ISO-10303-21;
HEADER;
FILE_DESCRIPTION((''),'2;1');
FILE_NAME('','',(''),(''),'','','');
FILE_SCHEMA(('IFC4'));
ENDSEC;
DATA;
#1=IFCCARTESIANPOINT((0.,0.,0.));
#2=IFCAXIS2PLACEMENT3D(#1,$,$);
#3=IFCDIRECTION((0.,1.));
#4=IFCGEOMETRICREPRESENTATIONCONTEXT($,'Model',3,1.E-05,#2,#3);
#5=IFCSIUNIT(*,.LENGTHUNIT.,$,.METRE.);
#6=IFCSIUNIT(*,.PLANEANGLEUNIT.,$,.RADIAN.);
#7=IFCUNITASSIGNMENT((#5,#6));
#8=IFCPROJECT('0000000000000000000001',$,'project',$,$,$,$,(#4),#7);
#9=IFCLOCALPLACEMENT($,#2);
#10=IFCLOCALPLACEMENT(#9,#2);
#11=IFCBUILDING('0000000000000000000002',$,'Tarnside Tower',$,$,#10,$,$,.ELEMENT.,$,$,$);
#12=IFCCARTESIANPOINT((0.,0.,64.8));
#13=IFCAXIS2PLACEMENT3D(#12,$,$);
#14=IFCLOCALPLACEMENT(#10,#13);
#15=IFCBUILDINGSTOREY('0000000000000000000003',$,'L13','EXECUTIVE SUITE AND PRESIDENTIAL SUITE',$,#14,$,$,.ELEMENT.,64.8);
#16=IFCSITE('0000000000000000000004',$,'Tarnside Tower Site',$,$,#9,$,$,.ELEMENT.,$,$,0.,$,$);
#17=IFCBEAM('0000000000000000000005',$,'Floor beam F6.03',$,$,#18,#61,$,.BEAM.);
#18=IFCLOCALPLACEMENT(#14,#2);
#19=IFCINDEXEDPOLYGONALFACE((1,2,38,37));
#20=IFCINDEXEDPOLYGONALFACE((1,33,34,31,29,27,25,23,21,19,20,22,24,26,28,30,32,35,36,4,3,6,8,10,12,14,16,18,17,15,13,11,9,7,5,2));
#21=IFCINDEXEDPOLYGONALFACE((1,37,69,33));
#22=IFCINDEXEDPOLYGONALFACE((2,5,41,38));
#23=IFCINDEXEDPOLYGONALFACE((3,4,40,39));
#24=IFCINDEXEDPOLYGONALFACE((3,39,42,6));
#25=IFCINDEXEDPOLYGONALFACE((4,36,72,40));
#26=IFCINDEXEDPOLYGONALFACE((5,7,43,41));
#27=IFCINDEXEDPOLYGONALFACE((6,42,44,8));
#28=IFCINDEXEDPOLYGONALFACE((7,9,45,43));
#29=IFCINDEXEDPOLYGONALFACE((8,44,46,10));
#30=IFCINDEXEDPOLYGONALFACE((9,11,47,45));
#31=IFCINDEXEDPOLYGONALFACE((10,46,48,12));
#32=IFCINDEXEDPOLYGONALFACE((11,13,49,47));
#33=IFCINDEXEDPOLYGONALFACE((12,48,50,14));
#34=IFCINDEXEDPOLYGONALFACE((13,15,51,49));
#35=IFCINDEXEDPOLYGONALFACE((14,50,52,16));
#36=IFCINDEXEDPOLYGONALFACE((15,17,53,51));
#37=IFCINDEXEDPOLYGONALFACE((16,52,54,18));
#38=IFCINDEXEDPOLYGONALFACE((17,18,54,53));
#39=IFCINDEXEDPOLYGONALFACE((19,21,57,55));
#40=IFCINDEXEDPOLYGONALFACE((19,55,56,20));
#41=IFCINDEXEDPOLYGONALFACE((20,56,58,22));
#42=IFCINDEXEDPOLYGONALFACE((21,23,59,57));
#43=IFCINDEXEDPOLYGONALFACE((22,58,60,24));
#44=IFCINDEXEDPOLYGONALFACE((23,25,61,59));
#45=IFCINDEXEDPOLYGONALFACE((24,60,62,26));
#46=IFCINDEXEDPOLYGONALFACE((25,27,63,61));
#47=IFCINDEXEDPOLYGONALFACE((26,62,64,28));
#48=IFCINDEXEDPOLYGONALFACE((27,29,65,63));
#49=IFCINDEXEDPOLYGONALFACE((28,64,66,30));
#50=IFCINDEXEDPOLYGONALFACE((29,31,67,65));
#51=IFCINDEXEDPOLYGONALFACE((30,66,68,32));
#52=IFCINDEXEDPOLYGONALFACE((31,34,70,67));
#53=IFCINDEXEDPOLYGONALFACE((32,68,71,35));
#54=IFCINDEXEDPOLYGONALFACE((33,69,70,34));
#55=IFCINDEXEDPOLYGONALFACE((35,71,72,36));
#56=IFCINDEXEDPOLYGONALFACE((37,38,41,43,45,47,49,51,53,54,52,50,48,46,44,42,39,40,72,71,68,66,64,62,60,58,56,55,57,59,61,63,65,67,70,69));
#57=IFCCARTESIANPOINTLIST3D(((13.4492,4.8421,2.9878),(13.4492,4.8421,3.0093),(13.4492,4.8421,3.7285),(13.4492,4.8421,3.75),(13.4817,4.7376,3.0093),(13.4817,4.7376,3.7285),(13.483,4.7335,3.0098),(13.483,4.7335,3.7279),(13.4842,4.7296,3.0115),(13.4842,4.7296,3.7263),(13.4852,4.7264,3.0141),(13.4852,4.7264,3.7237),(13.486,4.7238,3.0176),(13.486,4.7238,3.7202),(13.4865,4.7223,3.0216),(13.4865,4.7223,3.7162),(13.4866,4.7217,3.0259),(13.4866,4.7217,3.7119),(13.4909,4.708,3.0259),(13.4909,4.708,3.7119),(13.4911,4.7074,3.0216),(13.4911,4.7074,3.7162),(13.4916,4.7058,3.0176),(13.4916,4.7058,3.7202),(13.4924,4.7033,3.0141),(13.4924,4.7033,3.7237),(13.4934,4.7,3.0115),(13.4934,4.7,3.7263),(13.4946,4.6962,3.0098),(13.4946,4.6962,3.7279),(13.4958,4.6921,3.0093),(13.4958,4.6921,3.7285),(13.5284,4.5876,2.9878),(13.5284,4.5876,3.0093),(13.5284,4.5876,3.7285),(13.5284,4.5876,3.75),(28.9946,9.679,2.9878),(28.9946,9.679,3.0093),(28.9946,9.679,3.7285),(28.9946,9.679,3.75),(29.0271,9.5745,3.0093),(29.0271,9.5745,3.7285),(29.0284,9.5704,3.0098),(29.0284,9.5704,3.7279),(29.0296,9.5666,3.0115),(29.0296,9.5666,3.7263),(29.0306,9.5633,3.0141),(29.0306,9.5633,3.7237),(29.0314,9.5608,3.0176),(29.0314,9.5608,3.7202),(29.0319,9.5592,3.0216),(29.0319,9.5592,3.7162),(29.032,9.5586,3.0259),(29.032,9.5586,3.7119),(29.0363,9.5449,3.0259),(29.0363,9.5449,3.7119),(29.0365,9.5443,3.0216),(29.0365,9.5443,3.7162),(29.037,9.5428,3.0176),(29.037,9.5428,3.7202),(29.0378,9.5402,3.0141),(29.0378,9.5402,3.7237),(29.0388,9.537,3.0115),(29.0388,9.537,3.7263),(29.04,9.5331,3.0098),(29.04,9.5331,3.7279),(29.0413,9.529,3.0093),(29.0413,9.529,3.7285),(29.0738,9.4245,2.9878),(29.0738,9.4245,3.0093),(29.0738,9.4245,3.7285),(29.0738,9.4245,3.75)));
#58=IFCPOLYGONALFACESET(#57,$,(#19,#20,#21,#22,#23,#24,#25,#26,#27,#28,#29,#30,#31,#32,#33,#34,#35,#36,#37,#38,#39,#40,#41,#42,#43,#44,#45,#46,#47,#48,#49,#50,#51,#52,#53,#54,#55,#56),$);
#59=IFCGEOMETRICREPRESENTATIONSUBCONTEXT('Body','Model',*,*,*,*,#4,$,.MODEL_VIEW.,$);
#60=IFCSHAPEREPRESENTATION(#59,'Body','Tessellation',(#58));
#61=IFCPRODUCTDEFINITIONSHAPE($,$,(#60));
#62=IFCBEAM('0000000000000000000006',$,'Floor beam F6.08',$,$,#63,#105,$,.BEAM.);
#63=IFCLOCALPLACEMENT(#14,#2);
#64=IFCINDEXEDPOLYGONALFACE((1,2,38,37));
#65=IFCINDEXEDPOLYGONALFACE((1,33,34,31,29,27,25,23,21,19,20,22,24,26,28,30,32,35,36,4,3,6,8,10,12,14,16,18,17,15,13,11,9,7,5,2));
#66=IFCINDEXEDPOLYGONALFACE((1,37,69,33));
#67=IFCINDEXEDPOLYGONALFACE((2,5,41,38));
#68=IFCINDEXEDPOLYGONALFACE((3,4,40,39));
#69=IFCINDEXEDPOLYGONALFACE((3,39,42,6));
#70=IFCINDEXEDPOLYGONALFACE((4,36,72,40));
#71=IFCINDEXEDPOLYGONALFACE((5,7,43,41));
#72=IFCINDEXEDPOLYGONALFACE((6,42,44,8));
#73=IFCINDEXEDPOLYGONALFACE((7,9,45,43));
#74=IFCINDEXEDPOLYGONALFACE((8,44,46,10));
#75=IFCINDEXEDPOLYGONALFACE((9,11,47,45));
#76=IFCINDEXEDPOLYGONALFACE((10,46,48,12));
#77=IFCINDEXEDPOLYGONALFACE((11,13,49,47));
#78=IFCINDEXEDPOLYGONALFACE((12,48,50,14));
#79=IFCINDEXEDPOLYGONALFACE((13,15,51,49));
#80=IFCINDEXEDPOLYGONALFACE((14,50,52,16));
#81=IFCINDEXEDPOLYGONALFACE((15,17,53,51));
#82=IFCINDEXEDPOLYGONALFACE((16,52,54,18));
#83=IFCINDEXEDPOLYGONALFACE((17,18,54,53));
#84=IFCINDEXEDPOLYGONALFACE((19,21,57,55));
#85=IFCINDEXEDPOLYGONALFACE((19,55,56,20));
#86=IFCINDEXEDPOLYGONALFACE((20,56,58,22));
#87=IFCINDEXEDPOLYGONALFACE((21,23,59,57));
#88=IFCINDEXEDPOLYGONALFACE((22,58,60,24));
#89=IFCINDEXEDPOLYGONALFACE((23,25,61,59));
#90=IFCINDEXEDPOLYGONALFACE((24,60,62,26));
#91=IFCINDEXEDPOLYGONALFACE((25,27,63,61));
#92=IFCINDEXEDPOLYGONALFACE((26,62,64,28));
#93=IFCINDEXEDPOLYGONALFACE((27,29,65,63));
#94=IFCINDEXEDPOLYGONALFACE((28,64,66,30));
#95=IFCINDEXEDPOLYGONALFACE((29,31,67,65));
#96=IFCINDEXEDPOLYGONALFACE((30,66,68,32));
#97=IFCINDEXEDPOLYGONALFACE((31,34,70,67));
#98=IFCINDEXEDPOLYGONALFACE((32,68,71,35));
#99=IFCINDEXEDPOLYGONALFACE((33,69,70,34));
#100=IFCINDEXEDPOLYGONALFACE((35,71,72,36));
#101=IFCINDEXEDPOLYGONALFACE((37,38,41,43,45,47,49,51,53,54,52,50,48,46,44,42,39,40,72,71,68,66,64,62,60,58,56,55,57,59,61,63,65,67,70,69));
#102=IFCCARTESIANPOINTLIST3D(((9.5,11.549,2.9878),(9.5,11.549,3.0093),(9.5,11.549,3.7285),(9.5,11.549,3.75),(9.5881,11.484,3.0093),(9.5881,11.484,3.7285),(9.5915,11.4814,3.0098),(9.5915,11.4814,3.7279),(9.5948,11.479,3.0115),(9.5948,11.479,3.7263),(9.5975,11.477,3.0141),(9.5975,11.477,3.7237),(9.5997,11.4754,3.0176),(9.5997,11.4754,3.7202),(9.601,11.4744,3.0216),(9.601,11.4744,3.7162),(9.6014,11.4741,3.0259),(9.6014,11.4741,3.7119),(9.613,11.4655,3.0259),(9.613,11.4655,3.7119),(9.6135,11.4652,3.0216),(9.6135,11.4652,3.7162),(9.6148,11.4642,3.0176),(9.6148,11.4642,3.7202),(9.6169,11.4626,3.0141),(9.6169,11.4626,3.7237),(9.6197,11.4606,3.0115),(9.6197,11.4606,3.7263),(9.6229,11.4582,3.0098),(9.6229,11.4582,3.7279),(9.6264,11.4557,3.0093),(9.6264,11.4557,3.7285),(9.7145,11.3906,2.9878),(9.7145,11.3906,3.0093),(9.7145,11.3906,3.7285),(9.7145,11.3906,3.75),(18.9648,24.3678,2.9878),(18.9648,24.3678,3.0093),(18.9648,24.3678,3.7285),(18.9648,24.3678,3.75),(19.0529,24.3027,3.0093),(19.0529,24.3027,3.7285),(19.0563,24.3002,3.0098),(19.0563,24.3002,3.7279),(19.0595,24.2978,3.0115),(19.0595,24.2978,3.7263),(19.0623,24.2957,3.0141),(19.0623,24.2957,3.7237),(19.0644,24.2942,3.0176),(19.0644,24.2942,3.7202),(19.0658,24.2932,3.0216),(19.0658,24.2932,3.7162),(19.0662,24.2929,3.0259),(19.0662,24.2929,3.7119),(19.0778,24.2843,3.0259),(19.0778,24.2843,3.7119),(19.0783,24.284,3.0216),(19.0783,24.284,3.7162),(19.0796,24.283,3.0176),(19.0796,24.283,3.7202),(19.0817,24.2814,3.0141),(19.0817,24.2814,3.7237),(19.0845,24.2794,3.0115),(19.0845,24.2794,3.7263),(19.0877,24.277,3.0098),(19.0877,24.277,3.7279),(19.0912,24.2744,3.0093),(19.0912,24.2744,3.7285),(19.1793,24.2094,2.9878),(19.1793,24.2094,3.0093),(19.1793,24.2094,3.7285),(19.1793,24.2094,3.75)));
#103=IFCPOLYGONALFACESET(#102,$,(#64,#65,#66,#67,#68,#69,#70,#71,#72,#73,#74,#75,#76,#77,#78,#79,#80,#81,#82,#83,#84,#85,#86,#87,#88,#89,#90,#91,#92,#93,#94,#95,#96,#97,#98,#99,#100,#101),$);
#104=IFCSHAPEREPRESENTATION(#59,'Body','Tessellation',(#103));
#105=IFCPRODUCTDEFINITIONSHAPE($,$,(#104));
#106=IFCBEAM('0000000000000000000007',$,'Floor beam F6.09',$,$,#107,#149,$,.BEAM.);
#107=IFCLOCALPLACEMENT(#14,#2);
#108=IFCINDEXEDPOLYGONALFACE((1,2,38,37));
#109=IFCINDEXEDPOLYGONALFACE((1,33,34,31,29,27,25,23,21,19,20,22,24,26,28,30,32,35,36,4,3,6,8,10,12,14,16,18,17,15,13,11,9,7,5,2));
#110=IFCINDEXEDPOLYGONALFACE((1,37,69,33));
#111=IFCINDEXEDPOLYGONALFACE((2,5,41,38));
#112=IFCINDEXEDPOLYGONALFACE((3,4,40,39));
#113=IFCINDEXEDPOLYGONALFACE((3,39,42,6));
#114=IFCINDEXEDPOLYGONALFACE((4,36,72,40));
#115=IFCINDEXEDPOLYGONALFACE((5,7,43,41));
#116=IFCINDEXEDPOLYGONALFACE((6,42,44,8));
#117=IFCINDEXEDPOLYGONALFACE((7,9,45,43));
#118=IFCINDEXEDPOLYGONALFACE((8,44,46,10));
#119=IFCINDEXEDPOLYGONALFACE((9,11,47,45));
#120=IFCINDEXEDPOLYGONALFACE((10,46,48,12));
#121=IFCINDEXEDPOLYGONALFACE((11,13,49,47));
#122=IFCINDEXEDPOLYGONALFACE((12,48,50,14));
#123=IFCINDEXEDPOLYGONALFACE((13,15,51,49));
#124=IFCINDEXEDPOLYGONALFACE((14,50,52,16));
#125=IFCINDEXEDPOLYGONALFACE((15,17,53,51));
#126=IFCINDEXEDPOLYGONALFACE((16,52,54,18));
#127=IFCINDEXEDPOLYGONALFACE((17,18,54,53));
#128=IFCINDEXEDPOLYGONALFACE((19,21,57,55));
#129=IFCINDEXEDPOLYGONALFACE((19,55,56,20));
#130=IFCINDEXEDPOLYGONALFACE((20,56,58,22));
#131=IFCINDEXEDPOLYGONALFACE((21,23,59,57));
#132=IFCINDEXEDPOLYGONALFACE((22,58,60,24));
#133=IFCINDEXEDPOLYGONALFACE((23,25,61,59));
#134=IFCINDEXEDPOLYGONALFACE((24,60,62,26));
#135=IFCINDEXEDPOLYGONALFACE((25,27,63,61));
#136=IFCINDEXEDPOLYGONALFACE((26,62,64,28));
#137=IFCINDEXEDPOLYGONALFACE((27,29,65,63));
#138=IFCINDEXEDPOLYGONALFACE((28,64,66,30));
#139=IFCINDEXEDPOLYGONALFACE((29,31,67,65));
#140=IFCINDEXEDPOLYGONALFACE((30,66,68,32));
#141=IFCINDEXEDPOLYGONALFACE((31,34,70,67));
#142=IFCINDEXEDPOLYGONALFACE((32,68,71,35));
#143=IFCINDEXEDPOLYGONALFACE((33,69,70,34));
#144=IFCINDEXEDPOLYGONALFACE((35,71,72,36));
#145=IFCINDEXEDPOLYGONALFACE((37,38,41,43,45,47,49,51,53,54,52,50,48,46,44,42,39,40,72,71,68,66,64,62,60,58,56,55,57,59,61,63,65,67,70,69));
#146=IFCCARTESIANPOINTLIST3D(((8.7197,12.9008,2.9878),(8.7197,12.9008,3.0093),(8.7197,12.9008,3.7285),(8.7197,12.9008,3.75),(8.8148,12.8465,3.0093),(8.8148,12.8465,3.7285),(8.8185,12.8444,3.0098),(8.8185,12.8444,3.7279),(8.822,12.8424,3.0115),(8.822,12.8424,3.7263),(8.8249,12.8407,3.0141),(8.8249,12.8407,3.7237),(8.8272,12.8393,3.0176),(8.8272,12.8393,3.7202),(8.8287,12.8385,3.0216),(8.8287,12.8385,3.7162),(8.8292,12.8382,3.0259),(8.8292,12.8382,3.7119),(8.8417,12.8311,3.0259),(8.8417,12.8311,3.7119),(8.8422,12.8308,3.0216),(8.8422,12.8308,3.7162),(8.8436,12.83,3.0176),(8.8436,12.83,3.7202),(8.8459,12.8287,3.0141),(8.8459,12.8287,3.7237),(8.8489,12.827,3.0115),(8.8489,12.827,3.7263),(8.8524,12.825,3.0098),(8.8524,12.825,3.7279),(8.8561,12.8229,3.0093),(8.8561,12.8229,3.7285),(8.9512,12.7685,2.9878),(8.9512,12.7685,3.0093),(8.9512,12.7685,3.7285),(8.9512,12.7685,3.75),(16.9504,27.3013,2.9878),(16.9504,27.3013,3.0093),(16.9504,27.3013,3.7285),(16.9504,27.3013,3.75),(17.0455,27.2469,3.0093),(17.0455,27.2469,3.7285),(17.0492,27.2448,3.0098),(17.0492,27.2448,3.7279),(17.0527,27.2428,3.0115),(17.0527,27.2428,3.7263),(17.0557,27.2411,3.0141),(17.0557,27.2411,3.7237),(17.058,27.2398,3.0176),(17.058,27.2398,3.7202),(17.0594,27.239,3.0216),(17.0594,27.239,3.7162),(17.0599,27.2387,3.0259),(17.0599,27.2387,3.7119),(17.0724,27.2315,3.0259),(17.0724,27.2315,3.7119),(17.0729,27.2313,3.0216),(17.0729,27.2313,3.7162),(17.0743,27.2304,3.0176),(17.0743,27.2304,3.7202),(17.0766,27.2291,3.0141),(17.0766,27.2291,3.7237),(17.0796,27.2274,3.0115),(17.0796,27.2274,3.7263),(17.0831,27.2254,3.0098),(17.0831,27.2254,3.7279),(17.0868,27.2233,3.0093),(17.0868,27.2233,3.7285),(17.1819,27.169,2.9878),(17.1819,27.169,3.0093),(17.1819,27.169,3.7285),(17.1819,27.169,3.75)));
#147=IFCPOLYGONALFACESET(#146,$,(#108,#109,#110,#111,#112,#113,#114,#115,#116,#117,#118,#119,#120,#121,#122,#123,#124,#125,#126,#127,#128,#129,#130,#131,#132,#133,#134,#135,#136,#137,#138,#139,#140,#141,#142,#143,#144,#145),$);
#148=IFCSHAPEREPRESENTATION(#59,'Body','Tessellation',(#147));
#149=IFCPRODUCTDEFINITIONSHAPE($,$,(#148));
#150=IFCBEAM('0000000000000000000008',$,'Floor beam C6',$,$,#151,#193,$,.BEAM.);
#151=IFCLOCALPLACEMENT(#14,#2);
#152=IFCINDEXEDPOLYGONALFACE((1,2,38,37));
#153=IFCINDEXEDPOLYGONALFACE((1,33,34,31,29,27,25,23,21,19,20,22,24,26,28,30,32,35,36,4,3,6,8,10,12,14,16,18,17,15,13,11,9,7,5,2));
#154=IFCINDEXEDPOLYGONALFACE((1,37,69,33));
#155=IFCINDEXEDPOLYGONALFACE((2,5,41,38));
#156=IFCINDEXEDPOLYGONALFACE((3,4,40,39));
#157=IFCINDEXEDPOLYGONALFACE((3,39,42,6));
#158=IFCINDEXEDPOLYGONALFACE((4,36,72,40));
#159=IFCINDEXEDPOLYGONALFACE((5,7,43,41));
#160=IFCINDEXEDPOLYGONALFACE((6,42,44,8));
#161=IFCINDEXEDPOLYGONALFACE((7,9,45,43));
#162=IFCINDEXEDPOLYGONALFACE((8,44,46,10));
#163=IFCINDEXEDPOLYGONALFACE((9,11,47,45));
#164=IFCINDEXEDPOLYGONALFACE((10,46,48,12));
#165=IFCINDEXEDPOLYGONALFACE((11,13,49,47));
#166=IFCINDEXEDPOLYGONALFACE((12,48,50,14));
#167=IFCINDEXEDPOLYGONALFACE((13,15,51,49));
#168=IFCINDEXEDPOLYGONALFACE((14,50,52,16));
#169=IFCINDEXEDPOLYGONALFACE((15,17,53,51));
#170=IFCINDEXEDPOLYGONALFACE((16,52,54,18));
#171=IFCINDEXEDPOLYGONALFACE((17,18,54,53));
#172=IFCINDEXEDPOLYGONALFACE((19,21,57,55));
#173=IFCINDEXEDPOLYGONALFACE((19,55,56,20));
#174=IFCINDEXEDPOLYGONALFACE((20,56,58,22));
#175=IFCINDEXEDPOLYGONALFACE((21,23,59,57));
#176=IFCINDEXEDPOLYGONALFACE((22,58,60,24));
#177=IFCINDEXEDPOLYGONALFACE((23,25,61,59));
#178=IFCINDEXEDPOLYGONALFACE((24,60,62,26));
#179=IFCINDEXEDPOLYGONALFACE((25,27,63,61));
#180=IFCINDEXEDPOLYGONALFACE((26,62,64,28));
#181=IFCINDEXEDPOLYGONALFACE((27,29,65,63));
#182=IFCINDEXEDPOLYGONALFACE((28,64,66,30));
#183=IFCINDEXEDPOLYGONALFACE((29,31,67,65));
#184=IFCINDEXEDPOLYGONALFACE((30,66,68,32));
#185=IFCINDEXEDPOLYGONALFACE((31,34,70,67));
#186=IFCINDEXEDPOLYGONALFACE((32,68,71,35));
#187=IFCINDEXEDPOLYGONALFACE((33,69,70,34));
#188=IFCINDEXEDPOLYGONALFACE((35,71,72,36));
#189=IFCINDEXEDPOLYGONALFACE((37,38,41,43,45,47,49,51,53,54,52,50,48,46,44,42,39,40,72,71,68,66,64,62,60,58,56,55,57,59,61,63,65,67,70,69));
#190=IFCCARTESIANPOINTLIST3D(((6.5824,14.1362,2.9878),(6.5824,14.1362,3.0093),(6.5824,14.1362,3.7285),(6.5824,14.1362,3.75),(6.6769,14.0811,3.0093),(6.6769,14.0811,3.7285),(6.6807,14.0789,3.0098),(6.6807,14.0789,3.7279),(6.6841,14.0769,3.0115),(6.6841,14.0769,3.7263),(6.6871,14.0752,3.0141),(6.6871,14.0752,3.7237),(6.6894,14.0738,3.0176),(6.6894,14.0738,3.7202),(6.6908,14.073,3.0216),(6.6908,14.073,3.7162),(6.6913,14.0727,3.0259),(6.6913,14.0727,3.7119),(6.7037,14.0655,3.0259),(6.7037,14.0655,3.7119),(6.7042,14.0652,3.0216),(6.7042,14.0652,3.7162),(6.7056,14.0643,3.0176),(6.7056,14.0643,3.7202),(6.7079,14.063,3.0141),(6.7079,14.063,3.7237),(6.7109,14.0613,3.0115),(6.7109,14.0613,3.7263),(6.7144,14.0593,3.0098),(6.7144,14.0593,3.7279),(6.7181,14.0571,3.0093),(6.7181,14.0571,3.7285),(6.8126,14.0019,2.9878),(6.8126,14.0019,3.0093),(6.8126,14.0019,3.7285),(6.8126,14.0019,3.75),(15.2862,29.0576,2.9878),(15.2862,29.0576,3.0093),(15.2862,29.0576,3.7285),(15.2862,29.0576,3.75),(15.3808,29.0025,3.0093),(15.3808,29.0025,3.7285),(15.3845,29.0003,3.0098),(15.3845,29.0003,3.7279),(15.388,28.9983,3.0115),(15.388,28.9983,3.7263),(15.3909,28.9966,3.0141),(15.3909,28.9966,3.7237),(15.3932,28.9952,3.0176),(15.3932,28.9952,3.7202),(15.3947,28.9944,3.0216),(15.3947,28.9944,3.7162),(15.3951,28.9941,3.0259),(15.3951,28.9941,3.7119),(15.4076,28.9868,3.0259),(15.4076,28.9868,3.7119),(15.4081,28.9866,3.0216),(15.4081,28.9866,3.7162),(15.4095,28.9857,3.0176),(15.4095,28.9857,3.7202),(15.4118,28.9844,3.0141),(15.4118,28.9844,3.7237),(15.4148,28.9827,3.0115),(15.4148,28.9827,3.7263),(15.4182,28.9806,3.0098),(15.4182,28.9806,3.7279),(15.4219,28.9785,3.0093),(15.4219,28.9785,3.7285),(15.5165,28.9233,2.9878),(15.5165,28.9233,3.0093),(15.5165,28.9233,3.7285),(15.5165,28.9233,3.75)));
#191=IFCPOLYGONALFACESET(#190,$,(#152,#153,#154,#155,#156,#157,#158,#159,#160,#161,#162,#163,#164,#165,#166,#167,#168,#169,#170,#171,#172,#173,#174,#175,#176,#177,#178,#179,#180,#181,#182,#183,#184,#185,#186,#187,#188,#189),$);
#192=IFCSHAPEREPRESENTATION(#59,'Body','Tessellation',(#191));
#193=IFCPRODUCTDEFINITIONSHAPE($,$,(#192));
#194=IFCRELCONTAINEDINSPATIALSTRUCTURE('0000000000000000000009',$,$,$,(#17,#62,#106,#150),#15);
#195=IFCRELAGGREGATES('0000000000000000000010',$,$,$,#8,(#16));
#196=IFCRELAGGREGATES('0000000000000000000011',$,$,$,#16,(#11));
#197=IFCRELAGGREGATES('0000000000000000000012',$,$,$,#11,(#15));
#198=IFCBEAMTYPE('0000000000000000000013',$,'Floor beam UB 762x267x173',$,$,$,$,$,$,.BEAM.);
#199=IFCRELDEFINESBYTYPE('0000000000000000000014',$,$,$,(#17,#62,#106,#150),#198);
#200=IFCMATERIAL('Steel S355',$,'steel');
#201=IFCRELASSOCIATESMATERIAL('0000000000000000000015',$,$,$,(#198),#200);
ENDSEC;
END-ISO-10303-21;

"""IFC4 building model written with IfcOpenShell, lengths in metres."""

from ifc_helpers import new_model, si_unit, direction, frame, origin, origin_2d, place, context, subcontext, project, spatial, i_section, extrude, material, material_profile, profile_set, type_object, element, save


model = new_model("IFC4")

# Units and contexts
model_context = context("Model", 3, precision=1e-05, world=origin(), true_north=direction((0.0, 1.0)))
body_context = subcontext(model_context, "Body", "Model", "MODEL_VIEW")
ifc_project = project(units=[si_unit("LENGTHUNIT", "METRE"), si_unit("PLANEANGLEUNIT", "RADIAN")], contexts=[model_context])

# Site, building, storey
site_placement = place(None, origin())
site = spatial("IfcSite", under=ifc_project, at=site_placement, Name="Tarnside Tower Site", CompositionType="ELEMENT", RefElevation=0.0)
building_placement = place(site_placement, origin())
building = spatial("IfcBuilding", under=site, at=building_placement, Name="Tarnside Tower", CompositionType="ELEMENT")
storey_placement = place(building_placement, frame((0.0, 0.0, 64.8)))
storey = spatial("IfcBuildingStorey", under=building, at=storey_placement, Name="L13", Description="EXECUTIVE SUITE AND PRESIDENTIAL SUITE", CompositionType="ELEMENT", Elevation=64.8)

# Beams
ifc_material_1 = material(Name="Steel S355", Category="steel")
ifc_material_profile_1 = material_profile(ifc_material_1, i_section(OverallWidth=0.2666, OverallDepth=0.7622, WebThickness=0.0144, FlangeThickness=0.0215, FilletRadius=0.0166, at=origin_2d()), Name="UB 762x267x173")
ifc_profile_set_1 = profile_set([ifc_material_profile_1], Name="Steel S355")
beam_type_1 = type_object("IfcBeamType", Name="Floor beam UB 762x267x173", PredefinedType="BEAM", material=ifc_profile_set_1)
beam_1_placement = place(storey_placement, frame((29.0342, 9.5518, 3.3689), z_axis=(-0.954847, -0.297098, 0.0), x_axis=(0.297098, -0.954847, 0.0)))
element("IfcBeam", 1, at=beam_1_placement, inside=storey, type_object=beam_type_1, Name="Floor beam F6.03", PredefinedType="BEAM", context=body_context, shape_type="SweptSolid", body=[
    extrude(i_section(OverallWidth=0.2666, OverallDepth=0.7622, WebThickness=0.0144, FlangeThickness=0.0215, FilletRadius=0.0166, at=origin_2d()), origin(), (0.0, 0.0, 1.0), 16.2805),
])
beam_2_placement = place(storey_placement, frame((19.072, 24.2886, 3.3689), z_axis=(-0.593987, -0.804475, 0.0), x_axis=(0.804475, -0.593987, 0.0)))
element("IfcBeam", 2, at=beam_2_placement, inside=storey, type_object=beam_type_1, Name="Floor beam F6.08", PredefinedType="BEAM", context=body_context, shape_type="SweptSolid", body=[
    extrude(i_section(OverallWidth=0.2666, OverallDepth=0.7622, WebThickness=0.0144, FlangeThickness=0.0215, FilletRadius=0.0166, at=origin_2d()), origin(), (0.0, 0.0, 1.0), 15.9343),
])
beam_3_placement = place(storey_placement, frame((17.0662, 27.2351, 3.3689), z_axis=(-0.496226, -0.868193, 0.0), x_axis=(0.868193, -0.496226, 0.0)))
element("IfcBeam", 3, at=beam_3_placement, inside=storey, type_object=beam_type_1, Name="Floor beam F6.09", PredefinedType="BEAM", context=body_context, shape_type="SweptSolid", body=[
    extrude(i_section(OverallWidth=0.2666, OverallDepth=0.7622, WebThickness=0.0144, FlangeThickness=0.0215, FilletRadius=0.0166, at=origin_2d()), origin(), (0.0, 0.0, 1.0), 16.5867),
])
beam_4_placement = place(storey_placement, frame((15.4014, 28.9905, 3.3689), z_axis=(-0.503859, -0.863786, 0.0), x_axis=(0.863786, -0.503859, 0.0)))
element("IfcBeam", 4, at=beam_4_placement, inside=storey, type_object=beam_type_1, Name="Floor beam C6", PredefinedType="BEAM", context=body_context, shape_type="SweptSolid", body=[
    extrude(i_section(OverallWidth=0.2666, OverallDepth=0.7622, WebThickness=0.0144, FlangeThickness=0.0215, FilletRadius=0.0166, at=origin_2d()), origin(), (0.0, 0.0, 1.0), 17.2744),
])

save(model, "model.ifc")
